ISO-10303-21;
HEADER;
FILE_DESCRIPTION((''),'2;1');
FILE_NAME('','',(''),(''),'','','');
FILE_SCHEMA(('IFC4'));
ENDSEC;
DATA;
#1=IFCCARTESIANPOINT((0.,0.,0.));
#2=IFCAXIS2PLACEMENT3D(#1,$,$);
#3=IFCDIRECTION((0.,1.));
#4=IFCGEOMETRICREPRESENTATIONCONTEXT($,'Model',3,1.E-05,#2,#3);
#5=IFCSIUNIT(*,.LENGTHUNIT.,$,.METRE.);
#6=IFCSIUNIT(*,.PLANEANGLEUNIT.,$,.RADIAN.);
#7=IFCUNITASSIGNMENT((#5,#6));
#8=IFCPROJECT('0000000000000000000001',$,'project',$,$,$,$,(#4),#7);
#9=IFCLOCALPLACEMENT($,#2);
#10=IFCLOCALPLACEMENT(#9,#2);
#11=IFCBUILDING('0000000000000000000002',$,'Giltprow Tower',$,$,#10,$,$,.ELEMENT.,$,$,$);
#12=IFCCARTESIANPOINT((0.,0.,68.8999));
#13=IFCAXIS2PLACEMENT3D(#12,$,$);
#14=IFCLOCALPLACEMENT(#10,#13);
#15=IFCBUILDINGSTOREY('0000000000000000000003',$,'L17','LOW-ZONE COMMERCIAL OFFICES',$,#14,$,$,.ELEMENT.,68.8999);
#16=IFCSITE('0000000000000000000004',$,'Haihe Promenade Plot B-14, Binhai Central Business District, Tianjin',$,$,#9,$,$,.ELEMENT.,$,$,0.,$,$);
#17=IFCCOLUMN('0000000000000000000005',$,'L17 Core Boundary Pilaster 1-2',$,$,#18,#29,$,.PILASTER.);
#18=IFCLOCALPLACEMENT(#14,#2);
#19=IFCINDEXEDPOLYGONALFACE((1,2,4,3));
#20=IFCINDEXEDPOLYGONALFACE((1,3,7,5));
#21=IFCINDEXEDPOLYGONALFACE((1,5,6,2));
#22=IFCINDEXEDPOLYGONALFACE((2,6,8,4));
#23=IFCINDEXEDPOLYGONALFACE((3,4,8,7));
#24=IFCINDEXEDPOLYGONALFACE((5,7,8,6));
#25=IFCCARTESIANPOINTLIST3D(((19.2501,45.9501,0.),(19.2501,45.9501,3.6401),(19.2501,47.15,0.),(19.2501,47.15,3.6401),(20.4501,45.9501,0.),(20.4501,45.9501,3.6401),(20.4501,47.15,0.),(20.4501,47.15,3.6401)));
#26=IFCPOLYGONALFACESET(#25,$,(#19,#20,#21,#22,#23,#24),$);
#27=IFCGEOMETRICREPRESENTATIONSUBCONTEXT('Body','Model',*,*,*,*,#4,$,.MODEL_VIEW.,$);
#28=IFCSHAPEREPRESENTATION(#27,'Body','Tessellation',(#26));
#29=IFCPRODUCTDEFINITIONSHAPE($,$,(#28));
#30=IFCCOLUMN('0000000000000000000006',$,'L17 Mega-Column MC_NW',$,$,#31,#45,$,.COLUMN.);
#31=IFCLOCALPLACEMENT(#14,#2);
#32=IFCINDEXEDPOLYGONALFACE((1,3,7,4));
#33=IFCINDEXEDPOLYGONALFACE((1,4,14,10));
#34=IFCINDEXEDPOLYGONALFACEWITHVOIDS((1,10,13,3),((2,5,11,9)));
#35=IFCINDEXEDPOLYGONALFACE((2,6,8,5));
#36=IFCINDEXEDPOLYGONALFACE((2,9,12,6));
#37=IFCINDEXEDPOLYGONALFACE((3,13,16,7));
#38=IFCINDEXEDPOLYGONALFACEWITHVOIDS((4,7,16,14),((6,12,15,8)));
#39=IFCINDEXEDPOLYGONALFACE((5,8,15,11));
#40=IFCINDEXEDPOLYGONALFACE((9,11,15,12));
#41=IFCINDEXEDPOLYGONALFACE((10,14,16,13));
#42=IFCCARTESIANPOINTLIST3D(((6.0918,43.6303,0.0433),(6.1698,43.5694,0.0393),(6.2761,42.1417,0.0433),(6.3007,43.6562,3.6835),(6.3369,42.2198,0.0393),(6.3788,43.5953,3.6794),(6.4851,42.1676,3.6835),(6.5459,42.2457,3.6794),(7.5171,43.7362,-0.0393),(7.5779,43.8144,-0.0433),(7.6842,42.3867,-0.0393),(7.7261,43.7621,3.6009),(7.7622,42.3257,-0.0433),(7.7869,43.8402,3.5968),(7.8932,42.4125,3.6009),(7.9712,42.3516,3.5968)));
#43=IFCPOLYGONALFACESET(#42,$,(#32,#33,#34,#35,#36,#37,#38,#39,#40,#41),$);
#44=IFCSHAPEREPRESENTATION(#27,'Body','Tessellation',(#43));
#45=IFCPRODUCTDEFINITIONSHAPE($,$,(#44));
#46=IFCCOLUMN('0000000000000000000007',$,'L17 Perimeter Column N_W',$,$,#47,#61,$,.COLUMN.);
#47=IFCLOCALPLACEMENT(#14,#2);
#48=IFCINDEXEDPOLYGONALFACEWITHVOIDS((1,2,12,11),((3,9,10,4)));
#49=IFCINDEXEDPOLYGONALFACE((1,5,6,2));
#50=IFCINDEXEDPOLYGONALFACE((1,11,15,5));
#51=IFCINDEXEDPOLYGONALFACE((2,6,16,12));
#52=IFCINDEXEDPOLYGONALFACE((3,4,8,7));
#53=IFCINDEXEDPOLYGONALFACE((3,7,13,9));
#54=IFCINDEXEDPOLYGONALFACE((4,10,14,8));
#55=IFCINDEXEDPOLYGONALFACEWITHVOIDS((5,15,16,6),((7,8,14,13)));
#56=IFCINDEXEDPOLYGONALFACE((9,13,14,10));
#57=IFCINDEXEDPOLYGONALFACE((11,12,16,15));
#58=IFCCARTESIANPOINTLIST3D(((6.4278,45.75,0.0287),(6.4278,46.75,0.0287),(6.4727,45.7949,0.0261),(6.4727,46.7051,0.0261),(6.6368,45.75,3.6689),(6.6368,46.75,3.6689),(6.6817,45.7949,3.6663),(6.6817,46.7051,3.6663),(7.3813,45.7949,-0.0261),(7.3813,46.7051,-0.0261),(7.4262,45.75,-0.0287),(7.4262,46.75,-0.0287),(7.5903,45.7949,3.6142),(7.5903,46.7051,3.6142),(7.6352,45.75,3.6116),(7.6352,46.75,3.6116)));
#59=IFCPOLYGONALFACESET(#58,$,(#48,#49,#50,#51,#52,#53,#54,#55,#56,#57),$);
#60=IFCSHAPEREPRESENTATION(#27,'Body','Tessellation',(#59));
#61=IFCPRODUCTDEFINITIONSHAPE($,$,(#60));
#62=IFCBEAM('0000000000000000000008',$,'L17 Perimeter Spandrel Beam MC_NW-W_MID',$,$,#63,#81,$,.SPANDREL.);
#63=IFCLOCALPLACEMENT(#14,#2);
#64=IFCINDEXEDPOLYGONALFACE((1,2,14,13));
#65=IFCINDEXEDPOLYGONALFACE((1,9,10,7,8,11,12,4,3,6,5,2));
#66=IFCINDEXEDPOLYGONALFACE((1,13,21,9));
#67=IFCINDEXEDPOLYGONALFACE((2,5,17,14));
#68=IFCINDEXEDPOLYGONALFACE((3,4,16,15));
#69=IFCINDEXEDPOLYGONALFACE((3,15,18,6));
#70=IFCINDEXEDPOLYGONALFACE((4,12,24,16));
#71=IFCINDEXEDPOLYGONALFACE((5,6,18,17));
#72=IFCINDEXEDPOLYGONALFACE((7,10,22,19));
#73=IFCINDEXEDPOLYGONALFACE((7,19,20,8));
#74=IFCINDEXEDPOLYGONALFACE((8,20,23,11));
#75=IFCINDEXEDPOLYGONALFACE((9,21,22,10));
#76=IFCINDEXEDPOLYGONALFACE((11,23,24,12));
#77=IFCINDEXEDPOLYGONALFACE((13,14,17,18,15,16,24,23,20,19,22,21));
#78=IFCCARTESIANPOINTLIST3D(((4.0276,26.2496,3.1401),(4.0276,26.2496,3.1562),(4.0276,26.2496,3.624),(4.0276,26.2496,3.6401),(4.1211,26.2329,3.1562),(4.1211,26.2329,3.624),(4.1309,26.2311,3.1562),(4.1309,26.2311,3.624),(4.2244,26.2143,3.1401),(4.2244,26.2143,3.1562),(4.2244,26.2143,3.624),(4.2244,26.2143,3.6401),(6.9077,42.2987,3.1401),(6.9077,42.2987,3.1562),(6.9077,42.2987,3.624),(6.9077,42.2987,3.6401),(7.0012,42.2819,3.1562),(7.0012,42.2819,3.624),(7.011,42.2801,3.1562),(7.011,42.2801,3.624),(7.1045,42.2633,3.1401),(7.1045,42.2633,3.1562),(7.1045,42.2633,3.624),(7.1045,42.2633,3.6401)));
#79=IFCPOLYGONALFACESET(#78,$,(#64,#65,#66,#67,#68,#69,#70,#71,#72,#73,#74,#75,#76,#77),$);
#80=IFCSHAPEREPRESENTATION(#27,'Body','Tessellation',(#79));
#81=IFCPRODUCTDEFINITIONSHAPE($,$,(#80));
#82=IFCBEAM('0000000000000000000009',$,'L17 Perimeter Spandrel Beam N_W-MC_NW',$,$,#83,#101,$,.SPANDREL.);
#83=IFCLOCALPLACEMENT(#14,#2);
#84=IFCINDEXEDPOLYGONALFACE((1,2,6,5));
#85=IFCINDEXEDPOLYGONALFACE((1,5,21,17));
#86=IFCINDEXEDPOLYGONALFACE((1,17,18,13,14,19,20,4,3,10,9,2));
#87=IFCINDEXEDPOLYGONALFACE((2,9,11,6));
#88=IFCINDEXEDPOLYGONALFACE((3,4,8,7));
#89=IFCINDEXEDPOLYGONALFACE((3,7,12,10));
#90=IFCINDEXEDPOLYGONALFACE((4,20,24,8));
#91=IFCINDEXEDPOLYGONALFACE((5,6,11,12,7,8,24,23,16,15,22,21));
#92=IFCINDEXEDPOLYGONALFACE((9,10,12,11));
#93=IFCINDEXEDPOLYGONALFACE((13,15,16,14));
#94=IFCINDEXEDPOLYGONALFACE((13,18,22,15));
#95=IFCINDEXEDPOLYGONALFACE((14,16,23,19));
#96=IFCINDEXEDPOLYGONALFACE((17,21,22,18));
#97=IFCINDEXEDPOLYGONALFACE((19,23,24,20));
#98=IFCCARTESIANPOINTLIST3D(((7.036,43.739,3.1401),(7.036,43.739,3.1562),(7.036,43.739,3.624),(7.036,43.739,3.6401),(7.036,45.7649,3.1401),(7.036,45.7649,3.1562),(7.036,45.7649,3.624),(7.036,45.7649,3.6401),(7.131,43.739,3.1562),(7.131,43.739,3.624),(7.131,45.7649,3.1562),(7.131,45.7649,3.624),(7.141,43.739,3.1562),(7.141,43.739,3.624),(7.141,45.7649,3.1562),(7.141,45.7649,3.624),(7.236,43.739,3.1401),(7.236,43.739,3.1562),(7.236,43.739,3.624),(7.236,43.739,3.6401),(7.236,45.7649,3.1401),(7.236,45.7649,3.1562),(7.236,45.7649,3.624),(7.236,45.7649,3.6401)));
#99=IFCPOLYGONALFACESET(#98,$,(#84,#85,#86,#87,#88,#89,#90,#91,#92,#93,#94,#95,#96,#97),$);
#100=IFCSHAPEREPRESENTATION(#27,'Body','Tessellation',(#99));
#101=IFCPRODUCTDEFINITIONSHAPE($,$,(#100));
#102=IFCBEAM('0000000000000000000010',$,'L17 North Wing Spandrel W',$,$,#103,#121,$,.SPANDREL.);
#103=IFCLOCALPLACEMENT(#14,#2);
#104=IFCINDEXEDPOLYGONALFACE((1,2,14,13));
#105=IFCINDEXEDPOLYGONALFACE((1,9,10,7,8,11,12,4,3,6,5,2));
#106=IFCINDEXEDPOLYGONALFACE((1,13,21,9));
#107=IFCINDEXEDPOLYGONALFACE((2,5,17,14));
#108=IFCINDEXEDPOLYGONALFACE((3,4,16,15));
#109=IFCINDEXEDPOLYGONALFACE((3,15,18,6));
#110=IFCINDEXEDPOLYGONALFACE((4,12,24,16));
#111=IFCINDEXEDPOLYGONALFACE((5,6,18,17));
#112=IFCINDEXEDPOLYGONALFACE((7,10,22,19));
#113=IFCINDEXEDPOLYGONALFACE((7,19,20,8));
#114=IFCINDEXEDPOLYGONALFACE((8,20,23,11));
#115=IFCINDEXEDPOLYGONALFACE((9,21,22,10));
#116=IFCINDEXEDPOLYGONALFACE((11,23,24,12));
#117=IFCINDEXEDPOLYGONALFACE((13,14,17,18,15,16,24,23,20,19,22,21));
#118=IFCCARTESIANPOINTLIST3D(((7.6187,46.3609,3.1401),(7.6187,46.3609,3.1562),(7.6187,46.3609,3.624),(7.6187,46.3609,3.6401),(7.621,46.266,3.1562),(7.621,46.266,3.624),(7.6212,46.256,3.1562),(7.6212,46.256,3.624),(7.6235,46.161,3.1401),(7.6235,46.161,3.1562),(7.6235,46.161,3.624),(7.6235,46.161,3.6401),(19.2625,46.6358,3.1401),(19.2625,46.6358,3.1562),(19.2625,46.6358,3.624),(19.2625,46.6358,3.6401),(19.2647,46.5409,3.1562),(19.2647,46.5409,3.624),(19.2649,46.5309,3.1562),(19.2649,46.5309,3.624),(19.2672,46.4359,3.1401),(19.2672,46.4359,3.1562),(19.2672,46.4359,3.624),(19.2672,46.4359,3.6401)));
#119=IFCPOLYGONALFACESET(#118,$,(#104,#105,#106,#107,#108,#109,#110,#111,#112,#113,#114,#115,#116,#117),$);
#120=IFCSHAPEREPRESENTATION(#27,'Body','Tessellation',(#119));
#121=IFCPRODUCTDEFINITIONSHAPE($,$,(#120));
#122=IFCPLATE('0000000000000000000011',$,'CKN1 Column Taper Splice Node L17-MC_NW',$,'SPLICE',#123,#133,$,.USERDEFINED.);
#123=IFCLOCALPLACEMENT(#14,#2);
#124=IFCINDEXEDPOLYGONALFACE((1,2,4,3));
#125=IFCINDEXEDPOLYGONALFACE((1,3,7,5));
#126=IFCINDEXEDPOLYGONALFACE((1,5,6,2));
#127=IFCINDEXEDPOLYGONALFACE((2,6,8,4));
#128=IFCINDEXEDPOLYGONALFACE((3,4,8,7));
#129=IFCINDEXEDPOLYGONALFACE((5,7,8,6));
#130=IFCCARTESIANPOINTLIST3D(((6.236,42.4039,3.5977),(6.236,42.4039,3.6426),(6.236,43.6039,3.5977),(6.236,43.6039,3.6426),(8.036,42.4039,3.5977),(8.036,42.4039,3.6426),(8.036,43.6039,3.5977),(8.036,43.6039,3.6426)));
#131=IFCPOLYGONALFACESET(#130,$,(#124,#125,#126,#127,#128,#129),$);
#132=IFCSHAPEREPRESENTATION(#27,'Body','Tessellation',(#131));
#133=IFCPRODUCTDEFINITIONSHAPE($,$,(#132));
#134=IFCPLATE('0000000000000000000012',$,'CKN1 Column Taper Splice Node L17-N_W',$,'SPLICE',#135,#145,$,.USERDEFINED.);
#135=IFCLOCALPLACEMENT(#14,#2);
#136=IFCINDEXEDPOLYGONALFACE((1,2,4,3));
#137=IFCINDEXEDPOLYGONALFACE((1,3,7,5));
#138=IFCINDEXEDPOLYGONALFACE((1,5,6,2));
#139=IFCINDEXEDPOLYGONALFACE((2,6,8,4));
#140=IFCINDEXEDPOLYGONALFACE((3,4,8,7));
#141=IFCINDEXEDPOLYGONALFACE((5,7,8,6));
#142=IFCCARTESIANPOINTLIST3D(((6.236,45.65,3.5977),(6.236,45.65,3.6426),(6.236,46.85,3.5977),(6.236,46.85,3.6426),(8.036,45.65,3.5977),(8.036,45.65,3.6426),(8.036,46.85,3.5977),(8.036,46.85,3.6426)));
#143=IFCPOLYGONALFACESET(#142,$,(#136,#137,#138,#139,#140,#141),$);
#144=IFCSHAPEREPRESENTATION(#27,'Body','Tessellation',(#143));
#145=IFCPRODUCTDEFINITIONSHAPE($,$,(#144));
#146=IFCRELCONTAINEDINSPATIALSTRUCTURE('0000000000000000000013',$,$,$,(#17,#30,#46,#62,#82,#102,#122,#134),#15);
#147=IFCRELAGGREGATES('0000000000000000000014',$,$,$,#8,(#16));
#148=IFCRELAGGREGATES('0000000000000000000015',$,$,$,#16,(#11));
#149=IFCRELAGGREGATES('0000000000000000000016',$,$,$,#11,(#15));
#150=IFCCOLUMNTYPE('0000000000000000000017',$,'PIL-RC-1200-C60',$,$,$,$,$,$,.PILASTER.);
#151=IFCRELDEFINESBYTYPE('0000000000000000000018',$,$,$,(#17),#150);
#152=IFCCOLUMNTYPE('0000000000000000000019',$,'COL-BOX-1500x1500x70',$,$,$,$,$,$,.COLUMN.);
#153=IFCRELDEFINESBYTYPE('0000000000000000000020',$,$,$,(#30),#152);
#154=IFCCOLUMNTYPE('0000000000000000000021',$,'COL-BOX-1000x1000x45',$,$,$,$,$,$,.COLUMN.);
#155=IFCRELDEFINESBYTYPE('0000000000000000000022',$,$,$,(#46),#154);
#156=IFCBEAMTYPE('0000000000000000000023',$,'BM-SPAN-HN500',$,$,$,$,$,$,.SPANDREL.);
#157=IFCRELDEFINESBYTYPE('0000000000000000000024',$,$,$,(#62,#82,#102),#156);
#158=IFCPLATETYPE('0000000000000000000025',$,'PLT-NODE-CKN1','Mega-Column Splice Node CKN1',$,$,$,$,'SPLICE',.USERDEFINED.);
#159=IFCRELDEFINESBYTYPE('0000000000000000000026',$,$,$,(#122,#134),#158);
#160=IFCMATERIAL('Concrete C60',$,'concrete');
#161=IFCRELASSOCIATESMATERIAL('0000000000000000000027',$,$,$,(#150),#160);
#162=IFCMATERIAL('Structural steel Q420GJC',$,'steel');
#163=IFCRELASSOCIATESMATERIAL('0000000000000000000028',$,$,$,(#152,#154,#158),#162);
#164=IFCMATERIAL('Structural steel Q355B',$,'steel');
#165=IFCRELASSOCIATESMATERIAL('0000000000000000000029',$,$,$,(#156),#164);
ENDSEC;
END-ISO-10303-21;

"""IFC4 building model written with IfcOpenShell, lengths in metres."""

from ifc_helpers import new_model, si_unit, direction, frame, origin, origin_2d, place, context, subcontext, project, spatial, rectangle, hollow_rectangle, i_section, extrude, source, transform, mapped, material, material_profile, profile_set, type_object, element, save


model = new_model("IFC4")

# Units and contexts
model_context = context("Model", 3, precision=1e-05, world=origin(), true_north=direction((0.0, 1.0)))
body_context = subcontext(model_context, "Body", "Model", "MODEL_VIEW")
ifc_project = project(units=[si_unit("LENGTHUNIT", "METRE"), si_unit("PLANEANGLEUNIT", "RADIAN")], contexts=[model_context])

# Site, building, storey
site_placement = place(None, origin())
site = spatial("IfcSite", under=ifc_project, at=site_placement, Name="Haihe Promenade Plot B-14, Binhai Central Business District, Tianjin", CompositionType="ELEMENT", RefElevation=0.0)
building_placement = place(site_placement, origin())
building = spatial("IfcBuilding", under=site, at=building_placement, Name="Giltprow Tower", CompositionType="ELEMENT")
storey_placement = place(building_placement, frame((0.0, 0.0, 68.8999)))
storey = spatial("IfcBuildingStorey", under=building, at=storey_placement, Name="L17", Description="LOW-ZONE COMMERCIAL OFFICES", CompositionType="ELEMENT", Elevation=68.8999)

# Columns
ifc_material_1 = material(Name="Concrete C60", Category="concrete")
ifc_material_profile_1 = material_profile(ifc_material_1, rectangle(XDim=1.2, YDim=1.2, at=origin_2d()), Name="RC 1200x1200")
ifc_profile_set_1 = profile_set([ifc_material_profile_1], Name="Concrete C60")
column_type_1 = type_object("IfcColumnType", Name="PIL-RC-1200-C60", PredefinedType="PILASTER", material=ifc_profile_set_1)
shared_shape_1 = source(origin(), body_context, "Body", "SweptSolid", [
    extrude(rectangle(XDim=1.2, YDim=1.2, at=origin_2d()), origin(), (0.0, 0.0, 1.0), 3.6401),
])
column_1_placement = place(storey_placement, frame((19.8501, 46.55, 0.0), z_axis=(0.0, 0.0, 1.0), x_axis=(1.0, 0.0, 0.0)))
element("IfcColumn", 1, at=column_1_placement, inside=storey, type_object=column_type_1, Name="L17 Core Boundary Pilaster 1-2", PredefinedType="PILASTER", context=body_context, shape_type="MappedRepresentation", body=[
    mapped(shared_shape_1, transform((0.0, 0.0, 0.0), x_axis=(1.0, 0.0, 0.0), y_axis=(0.0, 1.0, 0.0), z_axis=(0.0, 0.0, 1.0), scale=1.0)),
])
ifc_material_2 = material(Name="Structural steel Q420GJC", Category="steel")
ifc_material_profile_2 = material_profile(ifc_material_2, hollow_rectangle(XDim=1.5, YDim=1.5, WallThickness=0.0701, at=origin_2d()), Name="BOX 1500x1500x70")
ifc_profile_set_2 = profile_set([ifc_material_profile_2], Name="Structural steel Q420GJC")
column_type_2 = type_object("IfcColumnType", Name="COL-BOX-1500x1500x70", PredefinedType="COLUMN", material=ifc_profile_set_2)
shared_shape_2 = source(origin(), body_context, "Body", "SweptSolid", [
    extrude(hollow_rectangle(XDim=1.5, YDim=1.5, WallThickness=0.0701, at=origin_2d()), origin(), (0.0, 0.0, 1.0), 3.6462),
])
column_2_placement = place(storey_placement, frame((6.927, 42.978, 0.0), z_axis=(0.057315, 0.007097, 0.998331), x_axis=(-0.122893, 0.99242, 0.0)))
element("IfcColumn", 2, at=column_2_placement, inside=storey, type_object=column_type_2, Name="L17 Mega-Column MC_NW", PredefinedType="COLUMN", context=body_context, shape_type="MappedRepresentation", body=[
    mapped(shared_shape_2, transform((0.0, 0.0, 0.0), x_axis=(1.0, 0.0, 0.0), y_axis=(0.0, 1.0, 0.0), z_axis=(0.0, 0.0, 1.0), scale=1.0)),
])
ifc_material_profile_3 = material_profile(ifc_material_2, hollow_rectangle(XDim=1.0, YDim=1.0, WallThickness=0.0449, at=origin_2d()), Name="BOX 1000x1000x45")
ifc_profile_set_3 = profile_set([ifc_material_profile_3], Name="Structural steel Q420GJC")
column_type_3 = type_object("IfcColumnType", Name="COL-BOX-1000x1000x45", PredefinedType="COLUMN", material=ifc_profile_set_3)
shared_shape_3 = source(origin(), body_context, "Body", "SweptSolid", [
    extrude(hollow_rectangle(XDim=1.0, YDim=1.0, WallThickness=0.0449, at=origin_2d()), origin(), (0.0, 0.0, 1.0), 3.6462),
])
column_3_placement = place(storey_placement, frame((6.927, 46.25, 0.0), z_axis=(0.057317, 0.0, 0.998356), x_axis=(0.0, 1.0, 0.0)))
element("IfcColumn", 3, at=column_3_placement, inside=storey, type_object=column_type_3, Name="L17 Perimeter Column N_W", PredefinedType="COLUMN", context=body_context, shape_type="MappedRepresentation", body=[
    mapped(shared_shape_3, transform((0.0, 0.0, 0.0), x_axis=(1.0, 0.0, 0.0), y_axis=(0.0, 1.0, 0.0), z_axis=(0.0, 0.0, 1.0), scale=1.0)),
])

# Beams
ifc_material_3 = material(Name="Structural steel Q355B", Category="steel")
ifc_material_profile_4 = material_profile(ifc_material_3, i_section(OverallWidth=0.2, OverallDepth=0.5, WebThickness=0.01, FlangeThickness=0.0161, at=origin_2d()), Name="HN 500x200x10x16")
ifc_profile_set_4 = profile_set([ifc_material_profile_4], Name="Structural steel Q355B")
beam_type = type_object("IfcBeamType", Name="BM-SPAN-HN500", PredefinedType="SPANDREL", material=ifc_profile_set_4)
shared_shape_4 = source(origin(), body_context, "Body", "SweptSolid", [
    extrude(i_section(OverallWidth=0.2, OverallDepth=0.5, WebThickness=0.01, FlangeThickness=0.0161, at=origin_2d()), origin(), (0.0, 0.0, 1.0), 16.3054),
])
beam_1_placement = place(storey_placement, frame((7.0061, 42.281, 3.3901), z_axis=(-0.176636, -0.984276, 0.0), x_axis=(0.984276, -0.176636, 0.0)))
element("IfcBeam", 4, at=beam_1_placement, inside=storey, type_object=beam_type, Name="L17 Perimeter Spandrel Beam MC_NW-W_MID", PredefinedType="SPANDREL", context=body_context, shape_type="MappedRepresentation", body=[
    mapped(shared_shape_4, transform((0.0, 0.0, 0.0), x_axis=(1.0, 0.0, 0.0), y_axis=(0.0, 1.0, 0.0), z_axis=(0.0, 0.0, 1.0), scale=1.0)),
])
shared_shape_5 = source(origin(), body_context, "Body", "SweptSolid", [
    extrude(i_section(OverallWidth=0.2, OverallDepth=0.5, WebThickness=0.01, FlangeThickness=0.0161, at=origin_2d()), origin(), (0.0, 0.0, 1.0), 2.0259),
])
beam_2_placement = place(storey_placement, frame((7.136, 45.7649, 3.3901), z_axis=(0.0, -1.0, 0.0), x_axis=(1.0, 0.0, 0.0)))
element("IfcBeam", 5, at=beam_2_placement, inside=storey, type_object=beam_type, Name="L17 Perimeter Spandrel Beam N_W-MC_NW", PredefinedType="SPANDREL", context=body_context, shape_type="MappedRepresentation", body=[
    mapped(shared_shape_5, transform((0.0, 0.0, 0.0), x_axis=(1.0, 0.0, 0.0), y_axis=(0.0, 1.0, 0.0), z_axis=(0.0, 0.0, 1.0), scale=1.0)),
])
shared_shape_6 = source(origin(), body_context, "Body", "SweptSolid", [
    extrude(i_section(OverallWidth=0.2, OverallDepth=0.5, WebThickness=0.01, FlangeThickness=0.0161, at=origin_2d()), origin(), (0.0, 0.0, 1.0), 11.647),
])
beam_3_placement = place(storey_placement, frame((7.6211, 46.261, 3.3901), z_axis=(0.999721, 0.023603, 0.0), x_axis=(-0.023603, 0.999721, 0.0)))
element("IfcBeam", 6, at=beam_3_placement, inside=storey, type_object=beam_type, Name="L17 North Wing Spandrel W", PredefinedType="SPANDREL", context=body_context, shape_type="MappedRepresentation", body=[
    mapped(shared_shape_6, transform((0.0, 0.0, 0.0), x_axis=(1.0, 0.0, 0.0), y_axis=(0.0, 1.0, 0.0), z_axis=(0.0, 0.0, 1.0), scale=1.0)),
])

# Plates
plate_type = type_object("IfcPlateType", Name="PLT-NODE-CKN1", Description="Mega-Column Splice Node CKN1", ElementType="SPLICE", PredefinedType="USERDEFINED", material=ifc_material_2)
shared_shape_7 = source(origin(), body_context, "Body", "SweptSolid", [
    extrude(rectangle(XDim=1.8, YDim=1.2, at=origin_2d()), origin(), (0.0, 0.0, 1.0), 0.0449),
])
for number, where, z_axis, x_axis, name in (
    (7, (7.136, 43.0039, 3.5977), (0.0, 0.0, 1.0), (1.0, 0.0, 0.0), "CKN1 Column Taper Splice Node L17-MC_NW"),
    (8, (7.136, 46.25, 3.5977), (0.0, 0.0, 1.0), (1.0, 0.0, 0.0), "CKN1 Column Taper Splice Node L17-N_W"),
):
    element("IfcPlate", number, at=place(storey_placement, frame(where, z_axis=z_axis, x_axis=x_axis)), inside=storey, type_object=plate_type, Name=name, ObjectType="SPLICE", PredefinedType="USERDEFINED", context=body_context, shape_type="MappedRepresentation", body=[
        mapped(shared_shape_7, transform((0.0, 0.0, 0.0), x_axis=(1.0, 0.0, 0.0), y_axis=(0.0, 1.0, 0.0), z_axis=(0.0, 0.0, 1.0), scale=1.0)),
    ])

save(model, "model.ifc")
